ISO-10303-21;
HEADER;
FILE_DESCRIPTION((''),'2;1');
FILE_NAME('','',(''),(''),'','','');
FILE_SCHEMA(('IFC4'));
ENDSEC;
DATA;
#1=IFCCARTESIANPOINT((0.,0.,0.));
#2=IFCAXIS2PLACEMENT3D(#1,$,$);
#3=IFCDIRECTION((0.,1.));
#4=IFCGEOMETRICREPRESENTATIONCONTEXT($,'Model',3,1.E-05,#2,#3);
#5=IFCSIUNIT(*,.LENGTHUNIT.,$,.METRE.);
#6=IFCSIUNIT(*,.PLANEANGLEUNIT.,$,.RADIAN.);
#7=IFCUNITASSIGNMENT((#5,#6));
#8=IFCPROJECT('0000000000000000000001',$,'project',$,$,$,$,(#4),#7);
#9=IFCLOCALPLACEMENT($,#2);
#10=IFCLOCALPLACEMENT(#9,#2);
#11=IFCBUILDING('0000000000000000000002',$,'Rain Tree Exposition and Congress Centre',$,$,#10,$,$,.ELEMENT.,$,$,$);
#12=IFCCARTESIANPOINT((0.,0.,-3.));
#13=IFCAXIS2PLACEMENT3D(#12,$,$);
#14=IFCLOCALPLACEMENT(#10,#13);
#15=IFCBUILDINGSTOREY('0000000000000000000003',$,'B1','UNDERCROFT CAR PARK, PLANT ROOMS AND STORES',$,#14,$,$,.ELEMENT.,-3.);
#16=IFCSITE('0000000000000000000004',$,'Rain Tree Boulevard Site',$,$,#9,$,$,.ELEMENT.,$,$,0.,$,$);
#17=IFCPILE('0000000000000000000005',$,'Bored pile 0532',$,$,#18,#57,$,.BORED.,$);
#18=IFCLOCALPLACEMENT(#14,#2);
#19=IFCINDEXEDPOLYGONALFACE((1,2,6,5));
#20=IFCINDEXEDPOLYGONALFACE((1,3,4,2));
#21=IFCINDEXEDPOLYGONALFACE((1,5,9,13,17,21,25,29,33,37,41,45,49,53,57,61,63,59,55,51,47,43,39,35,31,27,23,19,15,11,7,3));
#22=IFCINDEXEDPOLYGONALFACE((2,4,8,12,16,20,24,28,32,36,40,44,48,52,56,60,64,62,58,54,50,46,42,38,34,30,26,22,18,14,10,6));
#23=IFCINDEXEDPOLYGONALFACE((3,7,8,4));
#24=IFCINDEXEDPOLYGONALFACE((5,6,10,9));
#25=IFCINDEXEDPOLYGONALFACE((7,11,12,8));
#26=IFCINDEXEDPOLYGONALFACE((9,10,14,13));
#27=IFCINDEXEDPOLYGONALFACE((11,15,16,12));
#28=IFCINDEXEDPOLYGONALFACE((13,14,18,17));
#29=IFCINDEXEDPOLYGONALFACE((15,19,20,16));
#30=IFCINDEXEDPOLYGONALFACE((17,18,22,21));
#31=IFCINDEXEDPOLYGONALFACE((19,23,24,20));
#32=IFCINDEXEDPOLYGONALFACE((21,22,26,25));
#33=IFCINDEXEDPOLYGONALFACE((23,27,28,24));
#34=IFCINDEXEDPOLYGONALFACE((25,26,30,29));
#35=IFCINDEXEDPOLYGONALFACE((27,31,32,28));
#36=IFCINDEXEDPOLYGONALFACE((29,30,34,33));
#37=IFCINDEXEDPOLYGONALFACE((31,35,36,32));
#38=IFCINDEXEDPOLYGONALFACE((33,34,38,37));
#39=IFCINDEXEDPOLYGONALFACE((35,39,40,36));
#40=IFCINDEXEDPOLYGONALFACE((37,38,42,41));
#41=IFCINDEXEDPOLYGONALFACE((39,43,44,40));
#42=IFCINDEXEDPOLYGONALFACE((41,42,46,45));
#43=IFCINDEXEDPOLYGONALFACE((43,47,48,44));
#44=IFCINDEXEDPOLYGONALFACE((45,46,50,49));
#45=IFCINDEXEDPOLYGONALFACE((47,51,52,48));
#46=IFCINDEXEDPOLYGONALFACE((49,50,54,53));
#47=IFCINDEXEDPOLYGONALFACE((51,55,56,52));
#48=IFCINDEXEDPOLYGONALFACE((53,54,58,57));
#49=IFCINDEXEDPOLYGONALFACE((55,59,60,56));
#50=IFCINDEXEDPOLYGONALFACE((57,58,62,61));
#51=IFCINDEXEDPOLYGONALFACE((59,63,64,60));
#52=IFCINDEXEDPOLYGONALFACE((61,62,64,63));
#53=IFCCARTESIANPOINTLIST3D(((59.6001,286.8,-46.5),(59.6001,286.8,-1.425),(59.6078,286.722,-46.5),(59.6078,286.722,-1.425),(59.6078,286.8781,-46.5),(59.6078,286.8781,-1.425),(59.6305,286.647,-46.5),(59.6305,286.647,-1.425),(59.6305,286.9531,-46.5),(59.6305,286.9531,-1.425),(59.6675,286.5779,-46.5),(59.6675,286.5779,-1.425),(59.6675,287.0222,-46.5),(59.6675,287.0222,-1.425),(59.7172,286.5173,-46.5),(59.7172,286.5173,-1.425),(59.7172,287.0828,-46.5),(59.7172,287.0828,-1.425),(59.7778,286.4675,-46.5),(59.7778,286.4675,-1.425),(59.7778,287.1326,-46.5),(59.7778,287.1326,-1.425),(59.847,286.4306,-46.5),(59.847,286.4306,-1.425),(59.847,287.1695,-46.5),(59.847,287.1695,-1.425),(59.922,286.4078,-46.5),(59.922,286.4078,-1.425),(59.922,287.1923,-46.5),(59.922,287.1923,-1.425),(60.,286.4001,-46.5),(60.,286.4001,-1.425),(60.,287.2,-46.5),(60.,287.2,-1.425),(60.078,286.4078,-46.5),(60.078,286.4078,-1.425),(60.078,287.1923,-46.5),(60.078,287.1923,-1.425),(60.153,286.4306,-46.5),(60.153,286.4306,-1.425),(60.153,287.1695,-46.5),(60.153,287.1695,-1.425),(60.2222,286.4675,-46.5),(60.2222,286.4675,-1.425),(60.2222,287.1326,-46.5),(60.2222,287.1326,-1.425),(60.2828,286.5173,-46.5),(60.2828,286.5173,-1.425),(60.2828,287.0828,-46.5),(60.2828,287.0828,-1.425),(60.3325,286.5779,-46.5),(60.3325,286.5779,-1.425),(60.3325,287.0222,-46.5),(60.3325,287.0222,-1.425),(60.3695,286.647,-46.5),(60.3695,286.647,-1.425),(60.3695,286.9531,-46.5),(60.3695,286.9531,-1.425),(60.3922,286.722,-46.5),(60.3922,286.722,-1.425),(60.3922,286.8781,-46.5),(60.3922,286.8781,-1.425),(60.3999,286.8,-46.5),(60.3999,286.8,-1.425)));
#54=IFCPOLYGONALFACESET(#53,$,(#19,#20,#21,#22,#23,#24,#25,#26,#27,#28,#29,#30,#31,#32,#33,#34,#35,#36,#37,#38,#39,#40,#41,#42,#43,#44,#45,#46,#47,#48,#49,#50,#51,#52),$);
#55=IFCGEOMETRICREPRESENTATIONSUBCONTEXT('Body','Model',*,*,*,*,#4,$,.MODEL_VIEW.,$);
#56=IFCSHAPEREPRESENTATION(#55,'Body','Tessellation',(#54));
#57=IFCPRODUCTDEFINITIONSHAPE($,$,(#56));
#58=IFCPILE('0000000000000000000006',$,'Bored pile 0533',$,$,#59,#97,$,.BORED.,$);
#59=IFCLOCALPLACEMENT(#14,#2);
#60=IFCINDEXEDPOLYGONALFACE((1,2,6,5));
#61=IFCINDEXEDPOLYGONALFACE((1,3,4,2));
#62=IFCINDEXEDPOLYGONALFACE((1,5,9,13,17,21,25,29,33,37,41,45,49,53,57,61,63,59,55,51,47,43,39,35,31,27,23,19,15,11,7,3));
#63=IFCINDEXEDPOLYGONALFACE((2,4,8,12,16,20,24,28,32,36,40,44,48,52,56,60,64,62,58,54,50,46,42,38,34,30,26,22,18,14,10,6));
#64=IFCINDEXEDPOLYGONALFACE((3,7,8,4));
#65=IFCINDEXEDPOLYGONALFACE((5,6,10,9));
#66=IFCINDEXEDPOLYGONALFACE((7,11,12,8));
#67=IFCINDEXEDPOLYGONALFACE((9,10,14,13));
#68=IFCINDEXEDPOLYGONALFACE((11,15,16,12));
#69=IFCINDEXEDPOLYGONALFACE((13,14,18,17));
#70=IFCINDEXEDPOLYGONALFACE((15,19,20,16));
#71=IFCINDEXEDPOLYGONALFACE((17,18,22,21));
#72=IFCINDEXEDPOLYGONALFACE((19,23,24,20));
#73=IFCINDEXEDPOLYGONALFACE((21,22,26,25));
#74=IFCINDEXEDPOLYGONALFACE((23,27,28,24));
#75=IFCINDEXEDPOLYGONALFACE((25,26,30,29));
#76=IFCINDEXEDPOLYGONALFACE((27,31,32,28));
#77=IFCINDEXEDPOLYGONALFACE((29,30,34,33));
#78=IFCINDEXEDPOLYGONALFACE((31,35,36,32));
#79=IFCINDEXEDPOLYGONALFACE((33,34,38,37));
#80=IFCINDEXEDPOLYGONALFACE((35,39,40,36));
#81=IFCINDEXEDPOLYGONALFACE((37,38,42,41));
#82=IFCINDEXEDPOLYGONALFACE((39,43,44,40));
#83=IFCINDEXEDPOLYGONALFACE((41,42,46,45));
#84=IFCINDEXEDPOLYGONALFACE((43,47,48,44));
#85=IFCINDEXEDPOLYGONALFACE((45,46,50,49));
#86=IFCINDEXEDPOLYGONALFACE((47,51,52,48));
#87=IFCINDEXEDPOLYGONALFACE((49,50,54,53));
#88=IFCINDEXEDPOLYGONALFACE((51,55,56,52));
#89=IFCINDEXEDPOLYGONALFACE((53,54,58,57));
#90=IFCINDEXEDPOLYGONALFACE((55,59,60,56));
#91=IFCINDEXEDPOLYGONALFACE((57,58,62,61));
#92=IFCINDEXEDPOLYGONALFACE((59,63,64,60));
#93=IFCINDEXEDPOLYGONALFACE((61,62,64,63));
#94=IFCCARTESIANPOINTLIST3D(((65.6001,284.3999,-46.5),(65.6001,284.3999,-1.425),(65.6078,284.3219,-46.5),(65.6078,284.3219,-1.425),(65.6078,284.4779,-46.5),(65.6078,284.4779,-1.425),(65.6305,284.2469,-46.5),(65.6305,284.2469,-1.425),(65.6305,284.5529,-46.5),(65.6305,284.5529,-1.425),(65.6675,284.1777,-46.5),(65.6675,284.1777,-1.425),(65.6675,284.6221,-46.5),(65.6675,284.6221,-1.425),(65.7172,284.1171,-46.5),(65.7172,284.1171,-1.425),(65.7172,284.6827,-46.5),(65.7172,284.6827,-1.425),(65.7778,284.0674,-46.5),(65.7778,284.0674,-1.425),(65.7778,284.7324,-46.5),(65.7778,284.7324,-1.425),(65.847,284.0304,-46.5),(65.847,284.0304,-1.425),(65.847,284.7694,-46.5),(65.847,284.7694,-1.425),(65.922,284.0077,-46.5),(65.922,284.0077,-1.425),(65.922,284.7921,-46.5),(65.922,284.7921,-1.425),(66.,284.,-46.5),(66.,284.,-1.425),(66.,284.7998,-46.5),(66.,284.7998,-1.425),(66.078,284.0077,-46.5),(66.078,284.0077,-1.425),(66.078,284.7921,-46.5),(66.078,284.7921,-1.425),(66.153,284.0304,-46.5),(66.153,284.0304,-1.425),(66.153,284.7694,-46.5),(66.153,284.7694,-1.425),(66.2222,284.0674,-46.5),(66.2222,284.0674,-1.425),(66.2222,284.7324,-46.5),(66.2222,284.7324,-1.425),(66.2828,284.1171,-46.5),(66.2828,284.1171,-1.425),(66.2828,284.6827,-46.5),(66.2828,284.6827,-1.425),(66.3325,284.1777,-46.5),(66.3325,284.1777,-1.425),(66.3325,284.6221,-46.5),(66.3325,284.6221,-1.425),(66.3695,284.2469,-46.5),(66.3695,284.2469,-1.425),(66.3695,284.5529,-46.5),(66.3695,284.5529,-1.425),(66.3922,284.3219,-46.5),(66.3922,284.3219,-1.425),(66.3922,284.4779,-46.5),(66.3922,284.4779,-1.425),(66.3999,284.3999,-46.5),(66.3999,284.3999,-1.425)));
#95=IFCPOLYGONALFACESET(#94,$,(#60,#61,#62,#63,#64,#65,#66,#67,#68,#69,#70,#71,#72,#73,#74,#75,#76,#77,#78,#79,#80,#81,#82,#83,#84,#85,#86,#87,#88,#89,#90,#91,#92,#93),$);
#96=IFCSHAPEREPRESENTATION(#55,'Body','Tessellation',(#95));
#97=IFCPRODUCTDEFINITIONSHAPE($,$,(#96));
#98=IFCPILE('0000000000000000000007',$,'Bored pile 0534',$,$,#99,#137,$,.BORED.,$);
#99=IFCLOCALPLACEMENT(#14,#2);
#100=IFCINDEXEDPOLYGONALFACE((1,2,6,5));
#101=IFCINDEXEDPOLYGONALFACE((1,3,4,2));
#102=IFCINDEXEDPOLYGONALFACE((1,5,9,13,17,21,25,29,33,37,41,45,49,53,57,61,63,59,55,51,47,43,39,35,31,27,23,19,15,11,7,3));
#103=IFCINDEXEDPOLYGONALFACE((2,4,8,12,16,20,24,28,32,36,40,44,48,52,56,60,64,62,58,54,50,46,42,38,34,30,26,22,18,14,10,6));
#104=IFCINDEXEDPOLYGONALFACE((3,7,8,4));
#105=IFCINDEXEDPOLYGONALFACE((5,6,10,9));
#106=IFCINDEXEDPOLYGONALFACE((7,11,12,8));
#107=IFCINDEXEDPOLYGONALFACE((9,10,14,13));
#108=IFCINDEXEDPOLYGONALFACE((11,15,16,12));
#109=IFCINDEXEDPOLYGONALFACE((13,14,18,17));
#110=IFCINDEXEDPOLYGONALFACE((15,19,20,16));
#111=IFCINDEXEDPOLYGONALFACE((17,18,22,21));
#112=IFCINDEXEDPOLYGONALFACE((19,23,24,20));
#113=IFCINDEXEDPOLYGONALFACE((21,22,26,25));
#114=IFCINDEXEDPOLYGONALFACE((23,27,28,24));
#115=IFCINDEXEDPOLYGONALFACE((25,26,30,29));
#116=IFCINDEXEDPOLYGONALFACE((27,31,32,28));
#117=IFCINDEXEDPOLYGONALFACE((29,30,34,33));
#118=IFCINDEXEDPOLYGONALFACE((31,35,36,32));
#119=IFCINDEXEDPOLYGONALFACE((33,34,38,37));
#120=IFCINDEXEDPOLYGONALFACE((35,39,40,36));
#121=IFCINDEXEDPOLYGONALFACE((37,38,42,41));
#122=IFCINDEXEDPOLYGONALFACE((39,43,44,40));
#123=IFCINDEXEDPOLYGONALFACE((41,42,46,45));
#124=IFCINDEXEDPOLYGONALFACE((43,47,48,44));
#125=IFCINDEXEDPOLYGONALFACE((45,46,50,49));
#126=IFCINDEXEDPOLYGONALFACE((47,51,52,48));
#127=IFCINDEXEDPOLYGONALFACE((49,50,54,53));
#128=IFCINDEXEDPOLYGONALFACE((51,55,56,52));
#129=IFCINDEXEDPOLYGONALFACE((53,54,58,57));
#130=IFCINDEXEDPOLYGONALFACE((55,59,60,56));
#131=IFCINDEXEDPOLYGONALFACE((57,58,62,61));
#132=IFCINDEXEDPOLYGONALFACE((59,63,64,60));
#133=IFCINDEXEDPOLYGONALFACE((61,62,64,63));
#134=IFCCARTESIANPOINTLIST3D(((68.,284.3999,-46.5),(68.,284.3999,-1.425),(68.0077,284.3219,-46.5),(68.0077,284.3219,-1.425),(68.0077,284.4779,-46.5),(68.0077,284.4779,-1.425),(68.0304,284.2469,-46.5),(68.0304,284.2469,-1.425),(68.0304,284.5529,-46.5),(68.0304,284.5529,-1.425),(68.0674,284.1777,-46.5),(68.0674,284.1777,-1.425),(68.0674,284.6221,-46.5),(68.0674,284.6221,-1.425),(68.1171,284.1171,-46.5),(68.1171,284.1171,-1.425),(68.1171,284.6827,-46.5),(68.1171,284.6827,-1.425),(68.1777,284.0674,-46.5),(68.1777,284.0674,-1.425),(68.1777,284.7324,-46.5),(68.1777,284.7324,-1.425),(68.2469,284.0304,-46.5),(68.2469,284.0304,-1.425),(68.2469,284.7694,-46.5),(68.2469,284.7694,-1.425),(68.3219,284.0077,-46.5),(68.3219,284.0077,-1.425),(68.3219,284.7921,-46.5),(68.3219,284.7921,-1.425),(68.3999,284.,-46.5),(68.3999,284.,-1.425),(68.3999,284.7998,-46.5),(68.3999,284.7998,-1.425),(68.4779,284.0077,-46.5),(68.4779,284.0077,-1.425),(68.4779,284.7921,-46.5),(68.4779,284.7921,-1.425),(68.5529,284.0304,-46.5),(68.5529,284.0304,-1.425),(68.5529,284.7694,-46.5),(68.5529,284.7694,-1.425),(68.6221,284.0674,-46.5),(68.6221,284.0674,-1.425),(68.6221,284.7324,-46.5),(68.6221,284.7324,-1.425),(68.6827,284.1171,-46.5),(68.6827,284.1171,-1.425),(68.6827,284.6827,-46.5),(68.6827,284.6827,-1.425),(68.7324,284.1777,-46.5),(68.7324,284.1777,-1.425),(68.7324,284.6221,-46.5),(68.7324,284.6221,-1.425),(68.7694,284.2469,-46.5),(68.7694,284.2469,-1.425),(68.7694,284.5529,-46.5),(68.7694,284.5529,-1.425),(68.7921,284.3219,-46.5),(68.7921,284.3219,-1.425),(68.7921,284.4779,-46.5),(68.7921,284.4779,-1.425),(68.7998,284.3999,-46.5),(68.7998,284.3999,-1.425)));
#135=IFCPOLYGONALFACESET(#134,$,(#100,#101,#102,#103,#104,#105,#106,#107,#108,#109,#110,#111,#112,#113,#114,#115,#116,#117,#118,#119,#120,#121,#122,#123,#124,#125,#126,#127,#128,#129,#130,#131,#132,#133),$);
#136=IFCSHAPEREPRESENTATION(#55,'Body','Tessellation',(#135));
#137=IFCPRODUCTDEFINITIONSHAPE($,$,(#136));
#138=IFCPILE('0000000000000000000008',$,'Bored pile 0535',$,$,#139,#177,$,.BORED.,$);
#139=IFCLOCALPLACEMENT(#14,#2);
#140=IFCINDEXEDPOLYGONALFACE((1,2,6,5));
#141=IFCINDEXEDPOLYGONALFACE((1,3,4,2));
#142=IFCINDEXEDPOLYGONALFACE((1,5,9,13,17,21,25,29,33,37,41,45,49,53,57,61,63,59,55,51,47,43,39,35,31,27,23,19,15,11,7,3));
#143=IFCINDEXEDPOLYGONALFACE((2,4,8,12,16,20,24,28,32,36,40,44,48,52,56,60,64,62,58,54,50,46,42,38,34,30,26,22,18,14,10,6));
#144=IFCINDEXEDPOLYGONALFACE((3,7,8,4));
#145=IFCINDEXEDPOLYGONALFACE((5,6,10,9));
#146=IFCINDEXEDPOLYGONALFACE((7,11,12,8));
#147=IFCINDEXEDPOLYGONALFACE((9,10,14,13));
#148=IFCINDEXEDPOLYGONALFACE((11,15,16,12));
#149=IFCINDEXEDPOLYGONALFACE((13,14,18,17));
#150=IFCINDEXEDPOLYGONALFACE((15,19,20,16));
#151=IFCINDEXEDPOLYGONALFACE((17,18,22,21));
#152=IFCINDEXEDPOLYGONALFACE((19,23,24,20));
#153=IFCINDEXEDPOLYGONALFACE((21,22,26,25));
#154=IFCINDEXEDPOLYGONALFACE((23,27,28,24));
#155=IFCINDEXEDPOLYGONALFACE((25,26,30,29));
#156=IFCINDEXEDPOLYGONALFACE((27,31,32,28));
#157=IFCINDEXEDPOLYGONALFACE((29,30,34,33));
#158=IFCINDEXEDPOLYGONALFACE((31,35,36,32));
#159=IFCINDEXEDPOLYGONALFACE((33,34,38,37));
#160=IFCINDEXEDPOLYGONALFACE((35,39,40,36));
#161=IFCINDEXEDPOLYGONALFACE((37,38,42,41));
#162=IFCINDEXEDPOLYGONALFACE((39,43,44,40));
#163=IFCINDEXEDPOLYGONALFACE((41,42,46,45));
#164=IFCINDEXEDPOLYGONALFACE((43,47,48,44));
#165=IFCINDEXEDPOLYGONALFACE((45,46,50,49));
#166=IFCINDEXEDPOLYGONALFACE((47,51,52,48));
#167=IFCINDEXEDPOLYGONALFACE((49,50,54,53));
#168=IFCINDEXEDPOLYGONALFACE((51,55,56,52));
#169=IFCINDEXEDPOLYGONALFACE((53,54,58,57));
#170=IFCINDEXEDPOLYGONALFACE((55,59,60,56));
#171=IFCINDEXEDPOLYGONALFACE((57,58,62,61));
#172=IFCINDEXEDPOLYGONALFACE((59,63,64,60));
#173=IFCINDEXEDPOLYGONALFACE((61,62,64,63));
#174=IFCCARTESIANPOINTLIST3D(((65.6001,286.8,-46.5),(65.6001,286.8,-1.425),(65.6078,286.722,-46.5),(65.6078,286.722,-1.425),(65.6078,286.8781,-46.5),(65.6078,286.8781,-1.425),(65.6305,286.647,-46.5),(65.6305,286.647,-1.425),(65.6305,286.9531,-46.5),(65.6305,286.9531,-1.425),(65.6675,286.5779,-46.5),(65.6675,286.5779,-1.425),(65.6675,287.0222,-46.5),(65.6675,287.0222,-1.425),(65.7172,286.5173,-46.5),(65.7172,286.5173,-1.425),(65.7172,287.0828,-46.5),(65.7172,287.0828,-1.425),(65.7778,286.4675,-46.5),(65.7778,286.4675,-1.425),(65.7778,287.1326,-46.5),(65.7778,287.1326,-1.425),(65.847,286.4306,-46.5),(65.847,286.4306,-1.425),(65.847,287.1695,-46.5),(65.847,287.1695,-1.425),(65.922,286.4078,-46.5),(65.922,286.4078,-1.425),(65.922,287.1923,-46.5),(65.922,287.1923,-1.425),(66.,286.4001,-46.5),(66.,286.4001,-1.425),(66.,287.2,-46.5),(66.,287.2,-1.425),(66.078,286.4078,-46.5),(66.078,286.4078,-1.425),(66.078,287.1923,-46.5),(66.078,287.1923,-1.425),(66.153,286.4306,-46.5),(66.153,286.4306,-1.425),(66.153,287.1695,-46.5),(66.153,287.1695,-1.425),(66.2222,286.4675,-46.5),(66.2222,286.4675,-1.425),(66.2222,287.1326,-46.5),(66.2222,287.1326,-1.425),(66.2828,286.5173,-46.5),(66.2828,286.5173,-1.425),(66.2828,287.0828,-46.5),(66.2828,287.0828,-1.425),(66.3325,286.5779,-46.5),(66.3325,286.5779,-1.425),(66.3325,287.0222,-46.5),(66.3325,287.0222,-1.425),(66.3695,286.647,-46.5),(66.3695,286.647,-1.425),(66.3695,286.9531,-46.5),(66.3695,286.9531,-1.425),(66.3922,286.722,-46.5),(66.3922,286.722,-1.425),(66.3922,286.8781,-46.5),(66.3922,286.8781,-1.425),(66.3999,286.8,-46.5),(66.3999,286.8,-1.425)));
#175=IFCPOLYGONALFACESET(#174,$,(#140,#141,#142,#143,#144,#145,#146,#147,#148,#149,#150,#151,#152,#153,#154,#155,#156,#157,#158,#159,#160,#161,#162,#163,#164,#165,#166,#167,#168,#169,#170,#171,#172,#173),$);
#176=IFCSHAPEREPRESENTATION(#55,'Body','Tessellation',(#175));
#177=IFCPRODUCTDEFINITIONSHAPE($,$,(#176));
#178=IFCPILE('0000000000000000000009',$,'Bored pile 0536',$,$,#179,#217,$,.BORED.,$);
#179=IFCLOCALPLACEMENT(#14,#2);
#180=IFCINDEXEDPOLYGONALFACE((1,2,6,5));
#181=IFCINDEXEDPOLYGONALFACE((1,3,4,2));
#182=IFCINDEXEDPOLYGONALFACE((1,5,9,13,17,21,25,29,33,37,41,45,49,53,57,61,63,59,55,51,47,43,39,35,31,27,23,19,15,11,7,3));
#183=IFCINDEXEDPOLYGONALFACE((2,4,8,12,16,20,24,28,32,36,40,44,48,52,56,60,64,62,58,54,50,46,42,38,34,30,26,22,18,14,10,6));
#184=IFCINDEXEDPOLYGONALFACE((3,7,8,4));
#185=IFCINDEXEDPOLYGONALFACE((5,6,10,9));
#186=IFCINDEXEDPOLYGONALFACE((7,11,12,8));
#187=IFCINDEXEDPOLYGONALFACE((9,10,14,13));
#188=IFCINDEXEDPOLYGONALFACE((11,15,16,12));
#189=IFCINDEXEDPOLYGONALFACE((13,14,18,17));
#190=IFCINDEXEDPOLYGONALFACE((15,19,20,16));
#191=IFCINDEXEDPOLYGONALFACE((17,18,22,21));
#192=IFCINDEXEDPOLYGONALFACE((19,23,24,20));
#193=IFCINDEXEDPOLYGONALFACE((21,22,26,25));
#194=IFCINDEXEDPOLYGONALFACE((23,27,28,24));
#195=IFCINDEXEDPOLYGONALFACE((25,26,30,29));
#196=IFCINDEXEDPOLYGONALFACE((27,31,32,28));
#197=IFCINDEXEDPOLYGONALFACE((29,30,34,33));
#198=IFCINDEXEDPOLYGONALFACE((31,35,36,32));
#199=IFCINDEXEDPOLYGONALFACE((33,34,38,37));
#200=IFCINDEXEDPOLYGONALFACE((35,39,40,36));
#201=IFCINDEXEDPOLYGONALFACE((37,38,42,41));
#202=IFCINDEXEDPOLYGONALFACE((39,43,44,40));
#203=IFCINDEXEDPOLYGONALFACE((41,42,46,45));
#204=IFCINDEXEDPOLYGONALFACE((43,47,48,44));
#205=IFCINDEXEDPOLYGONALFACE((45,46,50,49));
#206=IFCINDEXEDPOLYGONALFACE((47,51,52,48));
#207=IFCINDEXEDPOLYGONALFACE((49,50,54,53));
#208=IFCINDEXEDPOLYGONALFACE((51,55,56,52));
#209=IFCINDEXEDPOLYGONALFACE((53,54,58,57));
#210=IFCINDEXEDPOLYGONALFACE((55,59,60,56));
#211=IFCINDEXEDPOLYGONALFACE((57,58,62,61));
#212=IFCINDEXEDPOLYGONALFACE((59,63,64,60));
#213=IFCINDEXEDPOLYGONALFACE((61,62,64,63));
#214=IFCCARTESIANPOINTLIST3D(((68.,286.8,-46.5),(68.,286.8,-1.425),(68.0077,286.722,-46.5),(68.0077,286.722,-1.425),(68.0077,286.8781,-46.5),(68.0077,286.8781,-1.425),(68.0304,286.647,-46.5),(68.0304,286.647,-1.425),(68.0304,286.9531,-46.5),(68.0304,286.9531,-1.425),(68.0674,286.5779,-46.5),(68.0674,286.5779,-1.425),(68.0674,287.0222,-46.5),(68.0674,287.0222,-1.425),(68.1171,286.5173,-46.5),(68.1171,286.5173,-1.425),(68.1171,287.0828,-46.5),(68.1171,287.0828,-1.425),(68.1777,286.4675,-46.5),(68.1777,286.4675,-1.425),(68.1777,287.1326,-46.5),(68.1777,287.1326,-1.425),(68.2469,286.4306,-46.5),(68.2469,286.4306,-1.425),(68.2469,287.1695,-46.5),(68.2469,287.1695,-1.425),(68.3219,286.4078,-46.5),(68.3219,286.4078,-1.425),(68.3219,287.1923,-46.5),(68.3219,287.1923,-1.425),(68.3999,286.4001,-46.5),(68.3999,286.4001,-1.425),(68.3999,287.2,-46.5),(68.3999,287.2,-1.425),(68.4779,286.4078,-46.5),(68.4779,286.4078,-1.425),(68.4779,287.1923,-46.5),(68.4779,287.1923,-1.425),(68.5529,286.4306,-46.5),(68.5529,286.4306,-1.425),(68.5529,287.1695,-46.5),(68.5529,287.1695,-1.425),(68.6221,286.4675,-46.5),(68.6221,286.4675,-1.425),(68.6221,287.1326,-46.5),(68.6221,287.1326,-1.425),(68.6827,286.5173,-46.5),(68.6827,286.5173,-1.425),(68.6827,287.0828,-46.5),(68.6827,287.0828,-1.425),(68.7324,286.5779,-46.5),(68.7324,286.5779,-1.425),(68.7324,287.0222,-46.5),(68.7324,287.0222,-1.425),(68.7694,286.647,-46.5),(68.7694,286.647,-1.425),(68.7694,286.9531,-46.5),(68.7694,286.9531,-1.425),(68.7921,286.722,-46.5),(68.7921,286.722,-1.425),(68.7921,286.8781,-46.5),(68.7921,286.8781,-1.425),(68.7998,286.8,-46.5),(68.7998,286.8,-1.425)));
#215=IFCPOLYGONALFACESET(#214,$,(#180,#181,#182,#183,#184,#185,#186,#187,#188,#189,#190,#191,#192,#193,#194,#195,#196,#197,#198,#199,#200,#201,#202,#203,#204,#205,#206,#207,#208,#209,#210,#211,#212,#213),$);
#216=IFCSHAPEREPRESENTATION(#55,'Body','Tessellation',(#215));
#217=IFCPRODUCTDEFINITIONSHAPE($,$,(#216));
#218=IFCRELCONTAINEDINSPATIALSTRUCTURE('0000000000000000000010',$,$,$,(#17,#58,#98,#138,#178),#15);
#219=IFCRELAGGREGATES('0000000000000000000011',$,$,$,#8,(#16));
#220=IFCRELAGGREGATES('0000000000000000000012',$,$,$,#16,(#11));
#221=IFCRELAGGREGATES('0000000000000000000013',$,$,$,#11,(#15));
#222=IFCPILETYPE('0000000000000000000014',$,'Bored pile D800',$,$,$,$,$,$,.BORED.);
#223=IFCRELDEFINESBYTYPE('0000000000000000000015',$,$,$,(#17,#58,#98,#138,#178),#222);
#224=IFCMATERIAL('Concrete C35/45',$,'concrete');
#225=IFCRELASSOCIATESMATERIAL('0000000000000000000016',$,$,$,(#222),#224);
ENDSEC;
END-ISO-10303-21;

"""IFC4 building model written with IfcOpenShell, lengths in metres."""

from ifc_helpers import new_model, si_unit, direction, frame, origin, origin_2d, place, context, subcontext, project, spatial, circle, extrude, material, material_profile, profile_set, type_object, element, save


model = new_model("IFC4")

# Units and contexts
model_context = context("Model", 3, precision=1e-05, world=origin(), true_north=direction((0.0, 1.0)))
body_context = subcontext(model_context, "Body", "Model", "MODEL_VIEW")
ifc_project = project(units=[si_unit("LENGTHUNIT", "METRE"), si_unit("PLANEANGLEUNIT", "RADIAN")], contexts=[model_context])

# Site, building, storey
site_placement = place(None, origin())
site = spatial("IfcSite", under=ifc_project, at=site_placement, Name="Rain Tree Boulevard Site", CompositionType="ELEMENT", RefElevation=0.0)
building_placement = place(site_placement, origin())
building = spatial("IfcBuilding", under=site, at=building_placement, Name="Rain Tree Exposition and Congress Centre", CompositionType="ELEMENT")
storey_placement = place(building_placement, frame((0.0, 0.0, -3.0)))
storey = spatial("IfcBuildingStorey", under=building, at=storey_placement, Name="B1", Description="UNDERCROFT CAR PARK, PLANT ROOMS AND STORES", CompositionType="ELEMENT", Elevation=-3.0)

# Piles
ifc_material_1 = material(Name="Concrete C35/45", Category="concrete")
ifc_material_profile_1 = material_profile(ifc_material_1, circle(Radius=0.3999, at=origin_2d()), Name="D800")
ifc_profile_set_1 = profile_set([ifc_material_profile_1], Name="Concrete C35/45")
pile_type_1 = type_object("IfcPileType", Name="Bored pile D800", PredefinedType="BORED", material=ifc_profile_set_1)
for number, where, z_axis, x_axis, name in (
    (1, (60.0, 286.8, -1.425), (0.0, 0.0, -1.0), (1.0, 0.0, 0.0), "Bored pile 0532"),
    (2, (66.0, 284.3999, -1.425), (0.0, 0.0, -1.0), (1.0, 0.0, 0.0), "Bored pile 0533"),
    (3, (68.3999, 284.3999, -1.425), (0.0, 0.0, -1.0), (1.0, 0.0, 0.0), "Bored pile 0534"),
    (4, (66.0, 286.8, -1.425), (0.0, 0.0, -1.0), (1.0, 0.0, 0.0), "Bored pile 0535"),
    (5, (68.3999, 286.8, -1.425), (0.0, 0.0, -1.0), (1.0, 0.0, 0.0), "Bored pile 0536"),
):
    element("IfcPile", number, at=place(storey_placement, frame(where, z_axis=z_axis, x_axis=x_axis)), inside=storey, type_object=pile_type_1, Name=name, PredefinedType="BORED", context=body_context, shape_type="SweptSolid", body=[
        extrude(circle(Radius=0.3999, at=origin_2d()), origin(), (0.0, 0.0, 1.0), 45.075),
    ])

save(model, "model.ifc")
